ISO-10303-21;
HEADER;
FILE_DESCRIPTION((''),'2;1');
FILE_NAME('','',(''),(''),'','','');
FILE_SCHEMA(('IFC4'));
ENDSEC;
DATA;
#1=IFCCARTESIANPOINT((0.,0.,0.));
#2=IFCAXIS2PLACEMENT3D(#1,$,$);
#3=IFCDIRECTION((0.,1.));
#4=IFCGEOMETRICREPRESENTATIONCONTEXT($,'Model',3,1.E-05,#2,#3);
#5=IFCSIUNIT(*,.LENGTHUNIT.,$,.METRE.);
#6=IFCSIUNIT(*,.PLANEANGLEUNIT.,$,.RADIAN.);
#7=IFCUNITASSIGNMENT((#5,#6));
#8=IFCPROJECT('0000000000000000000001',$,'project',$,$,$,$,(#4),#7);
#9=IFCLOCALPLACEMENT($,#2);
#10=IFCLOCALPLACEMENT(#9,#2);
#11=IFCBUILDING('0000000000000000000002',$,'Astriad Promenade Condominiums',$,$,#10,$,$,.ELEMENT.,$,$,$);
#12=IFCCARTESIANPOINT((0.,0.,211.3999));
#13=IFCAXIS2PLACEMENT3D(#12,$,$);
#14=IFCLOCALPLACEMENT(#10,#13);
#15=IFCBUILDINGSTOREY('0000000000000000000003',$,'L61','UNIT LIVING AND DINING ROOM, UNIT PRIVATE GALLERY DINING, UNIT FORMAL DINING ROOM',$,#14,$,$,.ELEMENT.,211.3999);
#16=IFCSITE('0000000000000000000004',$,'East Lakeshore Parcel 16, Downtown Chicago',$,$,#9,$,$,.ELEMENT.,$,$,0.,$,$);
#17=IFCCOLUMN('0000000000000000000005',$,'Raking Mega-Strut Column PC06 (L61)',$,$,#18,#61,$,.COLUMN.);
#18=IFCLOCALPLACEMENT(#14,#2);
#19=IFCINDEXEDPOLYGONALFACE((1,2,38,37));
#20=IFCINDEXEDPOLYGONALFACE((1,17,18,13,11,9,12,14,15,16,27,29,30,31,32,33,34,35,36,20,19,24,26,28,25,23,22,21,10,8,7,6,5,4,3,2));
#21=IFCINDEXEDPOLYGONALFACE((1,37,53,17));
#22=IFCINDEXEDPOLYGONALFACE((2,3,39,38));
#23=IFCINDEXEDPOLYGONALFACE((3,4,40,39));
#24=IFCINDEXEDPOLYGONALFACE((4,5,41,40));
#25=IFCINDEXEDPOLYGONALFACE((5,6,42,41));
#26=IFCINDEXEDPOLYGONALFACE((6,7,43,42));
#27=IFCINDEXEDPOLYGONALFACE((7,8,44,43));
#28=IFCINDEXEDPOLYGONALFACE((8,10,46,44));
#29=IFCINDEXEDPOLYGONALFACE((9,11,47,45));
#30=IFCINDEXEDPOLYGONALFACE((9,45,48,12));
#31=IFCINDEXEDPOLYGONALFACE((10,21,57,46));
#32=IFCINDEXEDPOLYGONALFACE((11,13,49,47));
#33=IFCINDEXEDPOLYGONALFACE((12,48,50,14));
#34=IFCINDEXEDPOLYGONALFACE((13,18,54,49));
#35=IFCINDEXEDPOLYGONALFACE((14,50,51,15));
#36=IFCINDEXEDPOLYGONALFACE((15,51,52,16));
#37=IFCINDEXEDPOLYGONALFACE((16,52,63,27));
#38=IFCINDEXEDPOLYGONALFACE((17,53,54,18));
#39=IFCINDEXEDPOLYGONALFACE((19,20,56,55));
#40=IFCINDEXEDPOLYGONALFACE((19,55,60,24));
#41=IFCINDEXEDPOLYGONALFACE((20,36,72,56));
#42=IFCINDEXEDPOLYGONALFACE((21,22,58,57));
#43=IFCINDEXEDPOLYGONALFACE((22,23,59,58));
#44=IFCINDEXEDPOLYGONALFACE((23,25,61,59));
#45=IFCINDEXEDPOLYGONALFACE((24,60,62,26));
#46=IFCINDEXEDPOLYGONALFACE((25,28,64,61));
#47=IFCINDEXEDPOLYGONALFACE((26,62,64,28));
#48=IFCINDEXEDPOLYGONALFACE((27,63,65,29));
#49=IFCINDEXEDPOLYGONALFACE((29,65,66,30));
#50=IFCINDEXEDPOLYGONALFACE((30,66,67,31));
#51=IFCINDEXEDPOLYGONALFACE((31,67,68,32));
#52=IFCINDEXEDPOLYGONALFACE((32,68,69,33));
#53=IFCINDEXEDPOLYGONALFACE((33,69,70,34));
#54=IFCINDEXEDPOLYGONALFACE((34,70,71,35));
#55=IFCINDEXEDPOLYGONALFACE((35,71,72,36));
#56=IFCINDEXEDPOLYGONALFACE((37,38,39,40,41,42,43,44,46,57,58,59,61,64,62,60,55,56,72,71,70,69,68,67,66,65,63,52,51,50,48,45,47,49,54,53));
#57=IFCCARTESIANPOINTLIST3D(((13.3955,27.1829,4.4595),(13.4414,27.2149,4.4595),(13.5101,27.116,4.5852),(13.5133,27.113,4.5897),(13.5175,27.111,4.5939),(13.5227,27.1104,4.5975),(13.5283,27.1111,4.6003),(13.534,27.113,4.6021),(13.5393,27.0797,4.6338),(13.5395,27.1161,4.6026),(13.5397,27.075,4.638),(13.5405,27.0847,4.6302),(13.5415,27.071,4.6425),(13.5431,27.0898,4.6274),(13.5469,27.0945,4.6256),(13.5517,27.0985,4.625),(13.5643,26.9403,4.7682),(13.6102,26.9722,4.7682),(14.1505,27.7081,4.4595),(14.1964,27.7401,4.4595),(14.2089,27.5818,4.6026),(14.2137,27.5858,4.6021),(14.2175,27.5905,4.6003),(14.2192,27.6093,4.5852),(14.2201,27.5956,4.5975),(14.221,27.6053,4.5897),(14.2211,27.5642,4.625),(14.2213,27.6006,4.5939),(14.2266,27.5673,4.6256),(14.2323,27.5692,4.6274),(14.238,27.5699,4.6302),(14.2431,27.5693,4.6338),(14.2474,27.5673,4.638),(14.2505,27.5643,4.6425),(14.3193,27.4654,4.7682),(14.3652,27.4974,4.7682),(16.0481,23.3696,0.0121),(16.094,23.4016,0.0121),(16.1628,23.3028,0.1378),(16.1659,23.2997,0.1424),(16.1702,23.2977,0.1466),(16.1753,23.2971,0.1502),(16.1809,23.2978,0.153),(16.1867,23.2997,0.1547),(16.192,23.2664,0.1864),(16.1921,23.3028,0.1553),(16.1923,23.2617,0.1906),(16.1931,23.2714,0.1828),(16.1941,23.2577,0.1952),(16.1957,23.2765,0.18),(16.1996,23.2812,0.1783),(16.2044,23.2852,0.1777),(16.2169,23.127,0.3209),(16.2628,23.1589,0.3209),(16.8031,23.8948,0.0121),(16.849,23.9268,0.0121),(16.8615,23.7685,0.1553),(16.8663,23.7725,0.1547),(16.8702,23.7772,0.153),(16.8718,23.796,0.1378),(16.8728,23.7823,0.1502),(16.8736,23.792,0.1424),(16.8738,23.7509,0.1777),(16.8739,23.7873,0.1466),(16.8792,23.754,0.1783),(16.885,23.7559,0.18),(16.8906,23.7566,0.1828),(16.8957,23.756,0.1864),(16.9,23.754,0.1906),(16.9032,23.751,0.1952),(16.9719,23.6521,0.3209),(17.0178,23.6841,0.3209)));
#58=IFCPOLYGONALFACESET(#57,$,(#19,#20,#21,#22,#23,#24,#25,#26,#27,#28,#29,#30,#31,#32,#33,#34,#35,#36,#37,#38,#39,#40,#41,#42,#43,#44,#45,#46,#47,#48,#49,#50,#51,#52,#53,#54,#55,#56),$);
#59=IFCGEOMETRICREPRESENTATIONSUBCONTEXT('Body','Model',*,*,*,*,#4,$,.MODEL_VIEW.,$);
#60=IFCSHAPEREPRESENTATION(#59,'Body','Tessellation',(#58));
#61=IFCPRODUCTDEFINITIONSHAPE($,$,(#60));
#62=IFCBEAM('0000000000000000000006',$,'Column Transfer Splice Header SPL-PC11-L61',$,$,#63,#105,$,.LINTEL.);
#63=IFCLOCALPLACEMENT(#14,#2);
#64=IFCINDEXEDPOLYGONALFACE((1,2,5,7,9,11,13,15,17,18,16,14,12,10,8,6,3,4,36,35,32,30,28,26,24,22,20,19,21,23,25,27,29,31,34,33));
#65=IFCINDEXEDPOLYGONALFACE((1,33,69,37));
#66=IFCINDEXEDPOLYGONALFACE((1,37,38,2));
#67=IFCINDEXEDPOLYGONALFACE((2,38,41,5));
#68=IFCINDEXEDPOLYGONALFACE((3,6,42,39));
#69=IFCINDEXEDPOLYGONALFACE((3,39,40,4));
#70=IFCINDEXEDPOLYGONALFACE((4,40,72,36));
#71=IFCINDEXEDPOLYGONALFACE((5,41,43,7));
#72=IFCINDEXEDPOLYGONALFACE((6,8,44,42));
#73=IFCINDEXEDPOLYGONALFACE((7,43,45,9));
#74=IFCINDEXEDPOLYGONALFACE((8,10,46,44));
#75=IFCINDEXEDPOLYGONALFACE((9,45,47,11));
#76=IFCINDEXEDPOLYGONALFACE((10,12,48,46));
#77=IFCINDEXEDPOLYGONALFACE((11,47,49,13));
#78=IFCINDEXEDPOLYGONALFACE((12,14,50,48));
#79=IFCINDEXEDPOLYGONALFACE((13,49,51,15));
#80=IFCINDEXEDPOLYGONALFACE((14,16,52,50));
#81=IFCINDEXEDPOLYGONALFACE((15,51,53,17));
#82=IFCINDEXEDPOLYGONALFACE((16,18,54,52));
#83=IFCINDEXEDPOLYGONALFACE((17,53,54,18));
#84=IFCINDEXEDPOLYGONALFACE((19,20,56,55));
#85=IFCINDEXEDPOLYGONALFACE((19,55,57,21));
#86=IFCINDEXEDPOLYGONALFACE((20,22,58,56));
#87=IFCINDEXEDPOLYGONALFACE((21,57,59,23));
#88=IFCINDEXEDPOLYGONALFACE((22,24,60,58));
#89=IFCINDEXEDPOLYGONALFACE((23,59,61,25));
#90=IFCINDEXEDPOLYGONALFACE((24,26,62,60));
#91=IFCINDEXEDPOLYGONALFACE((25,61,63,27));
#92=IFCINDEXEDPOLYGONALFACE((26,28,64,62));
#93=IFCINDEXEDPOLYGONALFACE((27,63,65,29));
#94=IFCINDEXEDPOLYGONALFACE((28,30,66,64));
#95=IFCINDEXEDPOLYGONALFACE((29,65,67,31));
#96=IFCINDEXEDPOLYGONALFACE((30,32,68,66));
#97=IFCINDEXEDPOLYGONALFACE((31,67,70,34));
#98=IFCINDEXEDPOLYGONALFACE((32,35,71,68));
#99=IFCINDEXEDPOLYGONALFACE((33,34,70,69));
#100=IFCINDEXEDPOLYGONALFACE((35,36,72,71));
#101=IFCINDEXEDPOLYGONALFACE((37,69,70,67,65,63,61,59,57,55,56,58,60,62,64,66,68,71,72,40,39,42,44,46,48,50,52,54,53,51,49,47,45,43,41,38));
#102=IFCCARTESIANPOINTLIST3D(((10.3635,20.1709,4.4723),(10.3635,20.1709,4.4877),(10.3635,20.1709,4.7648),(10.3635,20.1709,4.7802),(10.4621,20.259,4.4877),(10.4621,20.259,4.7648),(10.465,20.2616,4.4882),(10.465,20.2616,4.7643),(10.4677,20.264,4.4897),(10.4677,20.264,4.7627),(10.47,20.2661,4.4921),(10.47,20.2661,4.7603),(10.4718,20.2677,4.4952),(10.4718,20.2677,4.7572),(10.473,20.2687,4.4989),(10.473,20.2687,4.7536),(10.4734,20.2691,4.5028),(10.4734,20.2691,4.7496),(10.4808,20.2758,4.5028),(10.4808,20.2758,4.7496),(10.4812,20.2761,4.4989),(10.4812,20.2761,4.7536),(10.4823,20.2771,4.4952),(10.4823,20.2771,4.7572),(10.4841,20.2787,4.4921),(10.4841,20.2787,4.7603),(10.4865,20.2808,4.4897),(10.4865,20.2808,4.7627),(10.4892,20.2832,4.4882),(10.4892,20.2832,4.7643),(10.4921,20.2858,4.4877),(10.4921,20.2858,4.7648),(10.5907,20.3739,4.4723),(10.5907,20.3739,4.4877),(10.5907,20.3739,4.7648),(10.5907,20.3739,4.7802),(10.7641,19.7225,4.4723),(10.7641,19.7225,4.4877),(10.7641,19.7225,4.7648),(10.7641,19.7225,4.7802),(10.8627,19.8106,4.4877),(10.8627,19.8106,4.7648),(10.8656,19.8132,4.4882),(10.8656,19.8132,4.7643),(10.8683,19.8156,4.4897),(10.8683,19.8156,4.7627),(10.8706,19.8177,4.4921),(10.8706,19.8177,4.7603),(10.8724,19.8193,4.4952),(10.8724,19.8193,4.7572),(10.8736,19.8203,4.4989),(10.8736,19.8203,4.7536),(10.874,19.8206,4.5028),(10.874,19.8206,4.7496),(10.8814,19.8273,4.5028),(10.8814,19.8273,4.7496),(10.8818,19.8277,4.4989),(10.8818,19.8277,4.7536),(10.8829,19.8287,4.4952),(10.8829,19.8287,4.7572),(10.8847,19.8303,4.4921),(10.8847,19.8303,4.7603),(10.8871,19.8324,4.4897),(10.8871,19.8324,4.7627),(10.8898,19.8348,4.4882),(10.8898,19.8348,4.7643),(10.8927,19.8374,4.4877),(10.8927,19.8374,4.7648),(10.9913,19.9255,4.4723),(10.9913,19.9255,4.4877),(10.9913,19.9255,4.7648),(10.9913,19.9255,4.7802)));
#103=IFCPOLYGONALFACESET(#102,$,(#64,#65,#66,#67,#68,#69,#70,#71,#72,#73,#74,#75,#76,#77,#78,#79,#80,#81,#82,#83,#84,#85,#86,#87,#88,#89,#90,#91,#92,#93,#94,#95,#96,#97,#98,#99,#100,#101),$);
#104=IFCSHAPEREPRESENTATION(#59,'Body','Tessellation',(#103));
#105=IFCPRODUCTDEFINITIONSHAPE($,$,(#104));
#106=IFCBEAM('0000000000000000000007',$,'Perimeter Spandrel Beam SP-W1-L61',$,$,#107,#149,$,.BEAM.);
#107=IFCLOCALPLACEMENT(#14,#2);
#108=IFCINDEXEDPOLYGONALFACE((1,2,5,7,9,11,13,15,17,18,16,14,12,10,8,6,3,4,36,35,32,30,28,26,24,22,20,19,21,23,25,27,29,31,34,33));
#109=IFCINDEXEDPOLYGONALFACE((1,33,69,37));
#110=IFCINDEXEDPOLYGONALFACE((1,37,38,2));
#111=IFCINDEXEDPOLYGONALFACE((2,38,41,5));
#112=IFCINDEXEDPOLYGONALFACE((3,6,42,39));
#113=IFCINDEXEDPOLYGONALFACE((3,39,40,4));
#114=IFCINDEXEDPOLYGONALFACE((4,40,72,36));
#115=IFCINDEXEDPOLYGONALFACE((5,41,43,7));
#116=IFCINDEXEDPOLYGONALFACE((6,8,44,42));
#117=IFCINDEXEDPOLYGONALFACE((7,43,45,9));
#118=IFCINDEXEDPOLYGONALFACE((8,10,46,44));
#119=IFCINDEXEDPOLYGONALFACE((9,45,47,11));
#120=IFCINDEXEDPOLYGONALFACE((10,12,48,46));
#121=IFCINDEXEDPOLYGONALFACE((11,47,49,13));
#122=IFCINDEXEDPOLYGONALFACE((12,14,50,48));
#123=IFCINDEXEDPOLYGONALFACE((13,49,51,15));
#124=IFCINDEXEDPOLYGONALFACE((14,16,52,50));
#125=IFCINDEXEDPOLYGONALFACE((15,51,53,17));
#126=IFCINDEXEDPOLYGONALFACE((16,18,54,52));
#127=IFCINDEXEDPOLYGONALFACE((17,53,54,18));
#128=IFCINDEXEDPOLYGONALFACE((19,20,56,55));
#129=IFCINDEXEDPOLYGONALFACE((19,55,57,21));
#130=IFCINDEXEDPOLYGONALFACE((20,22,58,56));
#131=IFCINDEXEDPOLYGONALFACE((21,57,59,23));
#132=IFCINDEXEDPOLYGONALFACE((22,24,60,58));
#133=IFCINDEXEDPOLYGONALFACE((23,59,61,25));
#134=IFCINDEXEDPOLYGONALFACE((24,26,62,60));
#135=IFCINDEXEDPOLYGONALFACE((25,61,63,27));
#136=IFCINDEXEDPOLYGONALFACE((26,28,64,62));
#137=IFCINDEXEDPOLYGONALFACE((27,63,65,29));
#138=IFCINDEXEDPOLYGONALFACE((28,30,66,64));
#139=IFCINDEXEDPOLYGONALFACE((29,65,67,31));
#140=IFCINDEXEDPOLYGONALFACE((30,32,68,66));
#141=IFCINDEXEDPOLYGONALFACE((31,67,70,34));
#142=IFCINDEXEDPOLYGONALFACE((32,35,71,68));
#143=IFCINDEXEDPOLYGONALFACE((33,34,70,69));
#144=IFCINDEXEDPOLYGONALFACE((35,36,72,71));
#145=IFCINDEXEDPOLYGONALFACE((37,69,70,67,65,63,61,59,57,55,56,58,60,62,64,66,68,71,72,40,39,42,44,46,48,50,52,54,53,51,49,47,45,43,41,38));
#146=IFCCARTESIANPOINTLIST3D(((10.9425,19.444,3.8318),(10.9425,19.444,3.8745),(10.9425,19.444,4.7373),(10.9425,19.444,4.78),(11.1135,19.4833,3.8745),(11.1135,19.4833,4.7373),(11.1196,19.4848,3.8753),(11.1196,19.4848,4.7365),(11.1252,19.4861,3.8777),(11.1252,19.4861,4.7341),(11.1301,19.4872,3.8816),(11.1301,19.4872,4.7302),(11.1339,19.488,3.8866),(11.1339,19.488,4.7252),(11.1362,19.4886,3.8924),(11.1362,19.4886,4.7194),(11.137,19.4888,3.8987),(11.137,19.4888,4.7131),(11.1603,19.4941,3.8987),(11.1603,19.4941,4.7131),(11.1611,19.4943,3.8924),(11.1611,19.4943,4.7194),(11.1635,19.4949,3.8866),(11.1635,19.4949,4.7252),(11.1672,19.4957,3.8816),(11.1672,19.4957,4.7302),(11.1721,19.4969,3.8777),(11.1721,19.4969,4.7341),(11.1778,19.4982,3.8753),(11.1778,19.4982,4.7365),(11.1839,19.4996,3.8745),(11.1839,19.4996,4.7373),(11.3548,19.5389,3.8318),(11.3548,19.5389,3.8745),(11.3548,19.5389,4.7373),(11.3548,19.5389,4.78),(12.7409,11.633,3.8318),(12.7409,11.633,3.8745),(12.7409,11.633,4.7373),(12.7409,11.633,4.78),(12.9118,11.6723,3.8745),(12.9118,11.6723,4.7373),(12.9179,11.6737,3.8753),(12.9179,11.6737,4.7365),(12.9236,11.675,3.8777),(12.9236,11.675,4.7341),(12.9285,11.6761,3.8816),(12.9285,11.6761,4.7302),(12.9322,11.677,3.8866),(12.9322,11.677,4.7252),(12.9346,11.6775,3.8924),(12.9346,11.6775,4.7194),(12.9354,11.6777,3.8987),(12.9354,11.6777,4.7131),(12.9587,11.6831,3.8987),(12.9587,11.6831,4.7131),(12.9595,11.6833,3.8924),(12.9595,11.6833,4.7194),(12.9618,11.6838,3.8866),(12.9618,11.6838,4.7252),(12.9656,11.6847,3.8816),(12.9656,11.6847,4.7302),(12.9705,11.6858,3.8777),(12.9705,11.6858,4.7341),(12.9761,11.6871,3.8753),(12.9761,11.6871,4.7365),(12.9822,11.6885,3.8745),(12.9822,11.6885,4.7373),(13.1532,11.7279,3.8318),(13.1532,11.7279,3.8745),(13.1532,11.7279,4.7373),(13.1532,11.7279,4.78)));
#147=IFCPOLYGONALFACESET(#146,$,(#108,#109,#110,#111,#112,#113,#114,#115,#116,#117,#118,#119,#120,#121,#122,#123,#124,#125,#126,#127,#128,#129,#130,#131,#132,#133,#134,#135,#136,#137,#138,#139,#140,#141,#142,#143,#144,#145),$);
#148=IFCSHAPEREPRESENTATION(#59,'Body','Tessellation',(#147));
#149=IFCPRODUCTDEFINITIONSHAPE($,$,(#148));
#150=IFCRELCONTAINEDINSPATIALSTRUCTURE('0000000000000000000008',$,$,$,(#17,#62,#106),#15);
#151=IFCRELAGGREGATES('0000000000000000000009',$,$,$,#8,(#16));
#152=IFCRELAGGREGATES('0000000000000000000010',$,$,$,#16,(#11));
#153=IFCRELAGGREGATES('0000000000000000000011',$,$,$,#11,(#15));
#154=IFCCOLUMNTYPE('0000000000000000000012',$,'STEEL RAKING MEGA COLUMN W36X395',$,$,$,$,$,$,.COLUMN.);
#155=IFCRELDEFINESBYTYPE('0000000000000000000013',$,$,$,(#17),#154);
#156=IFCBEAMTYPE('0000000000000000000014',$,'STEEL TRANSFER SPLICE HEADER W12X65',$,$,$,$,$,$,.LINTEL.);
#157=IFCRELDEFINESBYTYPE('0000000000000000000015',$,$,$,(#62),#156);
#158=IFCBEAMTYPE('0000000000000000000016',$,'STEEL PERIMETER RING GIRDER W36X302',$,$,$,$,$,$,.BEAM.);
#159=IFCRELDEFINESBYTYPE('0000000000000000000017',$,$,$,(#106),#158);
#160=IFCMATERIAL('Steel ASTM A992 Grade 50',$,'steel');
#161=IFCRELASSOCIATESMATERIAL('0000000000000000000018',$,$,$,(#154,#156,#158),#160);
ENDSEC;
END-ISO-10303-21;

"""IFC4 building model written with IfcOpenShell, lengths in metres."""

from ifc_helpers import new_model, si_unit, direction, frame, origin, origin_2d, place, context, subcontext, project, spatial, i_section, extrude, source, transform, mapped, material, material_profile, profile_set, type_object, type_shapes, element, save


model = new_model("IFC4")

# Units and contexts
model_context = context("Model", 3, precision=1e-05, world=origin(), true_north=direction((0.0, 1.0)))
body_context = subcontext(model_context, "Body", "Model", "MODEL_VIEW")
ifc_project = project(units=[si_unit("LENGTHUNIT", "METRE"), si_unit("PLANEANGLEUNIT", "RADIAN")], contexts=[model_context])

# Site, building, storey
site_placement = place(None, origin())
site = spatial("IfcSite", under=ifc_project, at=site_placement, Name="East Lakeshore Parcel 16, Downtown Chicago", CompositionType="ELEMENT", RefElevation=0.0)
building_placement = place(site_placement, origin())
building = spatial("IfcBuilding", under=site, at=building_placement, Name="Astriad Promenade Condominiums", CompositionType="ELEMENT")
storey_placement = place(building_placement, frame((0.0, 0.0, 211.3999)))
storey = spatial("IfcBuildingStorey", under=building, at=storey_placement, Name="L61", Description="UNIT LIVING AND DINING ROOM, UNIT PRIVATE GALLERY DINING, UNIT FORMAL DINING ROOM", CompositionType="ELEMENT", Elevation=211.3999)

# Column
ifc_material_1 = material(Name="Steel ASTM A992 Grade 50", Category="steel")
ifc_material_profile_1 = material_profile(ifc_material_1, i_section(OverallWidth=0.4275, OverallDepth=0.9756, WebThickness=0.031, FlangeThickness=0.0559, FilletRadius=0.0242, at=origin_2d()), Name="W36X395")
ifc_profile_set_1 = profile_set([ifc_material_profile_1], Name="Steel ASTM A992 Grade 50")
column_type = type_object("IfcColumnType", Name="STEEL RAKING MEGA COLUMN W36X395", PredefinedType="COLUMN", material=ifc_profile_set_1)
shared_shape_1 = source(origin(), body_context, "Body", "SweptSolid", [
    extrude(i_section(OverallWidth=0.4275, OverallDepth=0.9756, WebThickness=0.031, FlangeThickness=0.0559, FilletRadius=0.0242, at=origin_2d()), origin(), (0.0, 0.0, 1.0), 6.4309),
])
type_shapes(column_type, [shared_shape_1])
column_placement = place(storey_placement, frame((16.533, 23.5269, 0.1665), z_axis=(-0.412482, 0.592964, 0.691558), x_axis=(0.394914, -0.56771, 0.722321)))
element("IfcColumn", 1, at=column_placement, inside=storey, type_object=column_type, Name="Raking Mega-Strut Column PC06 (L61)", PredefinedType="COLUMN", context=body_context, shape_type="MappedRepresentation", body=[
    mapped(shared_shape_1, transform((0.0, 0.0, 0.0), scale=1.0)),
])

# Beams
ifc_material_profile_2 = material_profile(ifc_material_1, i_section(OverallWidth=0.3047, OverallDepth=0.3079, WebThickness=0.01, FlangeThickness=0.0154, FilletRadius=0.0151, at=origin_2d()), Name="W12X65")
ifc_profile_set_2 = profile_set([ifc_material_profile_2], Name="Steel ASTM A992 Grade 50")
beam_type_1 = type_object("IfcBeamType", Name="STEEL TRANSFER SPLICE HEADER W12X65", PredefinedType="LINTEL", material=ifc_profile_set_2)
shared_shape_2 = source(origin(), body_context, "Body", "SweptSolid", [
    extrude(i_section(OverallWidth=0.3047, OverallDepth=0.3079, WebThickness=0.01, FlangeThickness=0.0154, FilletRadius=0.0151, at=origin_2d()), origin(), (0.0, 0.0, 1.0), 0.6013),
])
type_shapes(beam_type_1, [shared_shape_2])
beam_1_placement = place(storey_placement, frame((10.8777, 19.824, 4.6262), z_axis=(-0.666201, 0.745772, 0.0), x_axis=(-0.745772, -0.666201, 0.0)))
element("IfcBeam", 2, at=beam_1_placement, inside=storey, type_object=beam_type_1, Name="Column Transfer Splice Header SPL-PC11-L61", PredefinedType="LINTEL", context=body_context, shape_type="MappedRepresentation", body=[
    mapped(shared_shape_2, transform((0.0, 0.0, 0.0), scale=1.0)),
])
ifc_material_profile_3 = material_profile(ifc_material_1, i_section(OverallWidth=0.4231, OverallDepth=0.9482, WebThickness=0.0239, FlangeThickness=0.0427, FilletRadius=0.0242, at=origin_2d()), Name="W36X302")
ifc_profile_set_3 = profile_set([ifc_material_profile_3], Name="Steel ASTM A992 Grade 50")
beam_type_2 = type_object("IfcBeamType", Name="STEEL PERIMETER RING GIRDER W36X302", PredefinedType="BEAM", material=ifc_profile_set_3)
shared_shape_3 = source(origin(), body_context, "Body", "SweptSolid", [
    extrude(i_section(OverallWidth=0.4231, OverallDepth=0.9482, WebThickness=0.0239, FlangeThickness=0.0427, FilletRadius=0.0242, at=origin_2d()), origin(), (0.0, 0.0, 1.0), 8.0154),
])
type_shapes(beam_type_2, [shared_shape_3])
beam_2_placement = place(storey_placement, frame((11.1487, 19.4915, 4.3059), z_axis=(0.224361, -0.974506, 0.0), x_axis=(0.974506, 0.224361, 0.0)))
element("IfcBeam", 3, at=beam_2_placement, inside=storey, type_object=beam_type_2, Name="Perimeter Spandrel Beam SP-W1-L61", PredefinedType="BEAM", context=body_context, shape_type="MappedRepresentation", body=[
    mapped(shared_shape_3, transform((0.0, 0.0, 0.0), scale=1.0)),
])

save(model, "model.ifc")
